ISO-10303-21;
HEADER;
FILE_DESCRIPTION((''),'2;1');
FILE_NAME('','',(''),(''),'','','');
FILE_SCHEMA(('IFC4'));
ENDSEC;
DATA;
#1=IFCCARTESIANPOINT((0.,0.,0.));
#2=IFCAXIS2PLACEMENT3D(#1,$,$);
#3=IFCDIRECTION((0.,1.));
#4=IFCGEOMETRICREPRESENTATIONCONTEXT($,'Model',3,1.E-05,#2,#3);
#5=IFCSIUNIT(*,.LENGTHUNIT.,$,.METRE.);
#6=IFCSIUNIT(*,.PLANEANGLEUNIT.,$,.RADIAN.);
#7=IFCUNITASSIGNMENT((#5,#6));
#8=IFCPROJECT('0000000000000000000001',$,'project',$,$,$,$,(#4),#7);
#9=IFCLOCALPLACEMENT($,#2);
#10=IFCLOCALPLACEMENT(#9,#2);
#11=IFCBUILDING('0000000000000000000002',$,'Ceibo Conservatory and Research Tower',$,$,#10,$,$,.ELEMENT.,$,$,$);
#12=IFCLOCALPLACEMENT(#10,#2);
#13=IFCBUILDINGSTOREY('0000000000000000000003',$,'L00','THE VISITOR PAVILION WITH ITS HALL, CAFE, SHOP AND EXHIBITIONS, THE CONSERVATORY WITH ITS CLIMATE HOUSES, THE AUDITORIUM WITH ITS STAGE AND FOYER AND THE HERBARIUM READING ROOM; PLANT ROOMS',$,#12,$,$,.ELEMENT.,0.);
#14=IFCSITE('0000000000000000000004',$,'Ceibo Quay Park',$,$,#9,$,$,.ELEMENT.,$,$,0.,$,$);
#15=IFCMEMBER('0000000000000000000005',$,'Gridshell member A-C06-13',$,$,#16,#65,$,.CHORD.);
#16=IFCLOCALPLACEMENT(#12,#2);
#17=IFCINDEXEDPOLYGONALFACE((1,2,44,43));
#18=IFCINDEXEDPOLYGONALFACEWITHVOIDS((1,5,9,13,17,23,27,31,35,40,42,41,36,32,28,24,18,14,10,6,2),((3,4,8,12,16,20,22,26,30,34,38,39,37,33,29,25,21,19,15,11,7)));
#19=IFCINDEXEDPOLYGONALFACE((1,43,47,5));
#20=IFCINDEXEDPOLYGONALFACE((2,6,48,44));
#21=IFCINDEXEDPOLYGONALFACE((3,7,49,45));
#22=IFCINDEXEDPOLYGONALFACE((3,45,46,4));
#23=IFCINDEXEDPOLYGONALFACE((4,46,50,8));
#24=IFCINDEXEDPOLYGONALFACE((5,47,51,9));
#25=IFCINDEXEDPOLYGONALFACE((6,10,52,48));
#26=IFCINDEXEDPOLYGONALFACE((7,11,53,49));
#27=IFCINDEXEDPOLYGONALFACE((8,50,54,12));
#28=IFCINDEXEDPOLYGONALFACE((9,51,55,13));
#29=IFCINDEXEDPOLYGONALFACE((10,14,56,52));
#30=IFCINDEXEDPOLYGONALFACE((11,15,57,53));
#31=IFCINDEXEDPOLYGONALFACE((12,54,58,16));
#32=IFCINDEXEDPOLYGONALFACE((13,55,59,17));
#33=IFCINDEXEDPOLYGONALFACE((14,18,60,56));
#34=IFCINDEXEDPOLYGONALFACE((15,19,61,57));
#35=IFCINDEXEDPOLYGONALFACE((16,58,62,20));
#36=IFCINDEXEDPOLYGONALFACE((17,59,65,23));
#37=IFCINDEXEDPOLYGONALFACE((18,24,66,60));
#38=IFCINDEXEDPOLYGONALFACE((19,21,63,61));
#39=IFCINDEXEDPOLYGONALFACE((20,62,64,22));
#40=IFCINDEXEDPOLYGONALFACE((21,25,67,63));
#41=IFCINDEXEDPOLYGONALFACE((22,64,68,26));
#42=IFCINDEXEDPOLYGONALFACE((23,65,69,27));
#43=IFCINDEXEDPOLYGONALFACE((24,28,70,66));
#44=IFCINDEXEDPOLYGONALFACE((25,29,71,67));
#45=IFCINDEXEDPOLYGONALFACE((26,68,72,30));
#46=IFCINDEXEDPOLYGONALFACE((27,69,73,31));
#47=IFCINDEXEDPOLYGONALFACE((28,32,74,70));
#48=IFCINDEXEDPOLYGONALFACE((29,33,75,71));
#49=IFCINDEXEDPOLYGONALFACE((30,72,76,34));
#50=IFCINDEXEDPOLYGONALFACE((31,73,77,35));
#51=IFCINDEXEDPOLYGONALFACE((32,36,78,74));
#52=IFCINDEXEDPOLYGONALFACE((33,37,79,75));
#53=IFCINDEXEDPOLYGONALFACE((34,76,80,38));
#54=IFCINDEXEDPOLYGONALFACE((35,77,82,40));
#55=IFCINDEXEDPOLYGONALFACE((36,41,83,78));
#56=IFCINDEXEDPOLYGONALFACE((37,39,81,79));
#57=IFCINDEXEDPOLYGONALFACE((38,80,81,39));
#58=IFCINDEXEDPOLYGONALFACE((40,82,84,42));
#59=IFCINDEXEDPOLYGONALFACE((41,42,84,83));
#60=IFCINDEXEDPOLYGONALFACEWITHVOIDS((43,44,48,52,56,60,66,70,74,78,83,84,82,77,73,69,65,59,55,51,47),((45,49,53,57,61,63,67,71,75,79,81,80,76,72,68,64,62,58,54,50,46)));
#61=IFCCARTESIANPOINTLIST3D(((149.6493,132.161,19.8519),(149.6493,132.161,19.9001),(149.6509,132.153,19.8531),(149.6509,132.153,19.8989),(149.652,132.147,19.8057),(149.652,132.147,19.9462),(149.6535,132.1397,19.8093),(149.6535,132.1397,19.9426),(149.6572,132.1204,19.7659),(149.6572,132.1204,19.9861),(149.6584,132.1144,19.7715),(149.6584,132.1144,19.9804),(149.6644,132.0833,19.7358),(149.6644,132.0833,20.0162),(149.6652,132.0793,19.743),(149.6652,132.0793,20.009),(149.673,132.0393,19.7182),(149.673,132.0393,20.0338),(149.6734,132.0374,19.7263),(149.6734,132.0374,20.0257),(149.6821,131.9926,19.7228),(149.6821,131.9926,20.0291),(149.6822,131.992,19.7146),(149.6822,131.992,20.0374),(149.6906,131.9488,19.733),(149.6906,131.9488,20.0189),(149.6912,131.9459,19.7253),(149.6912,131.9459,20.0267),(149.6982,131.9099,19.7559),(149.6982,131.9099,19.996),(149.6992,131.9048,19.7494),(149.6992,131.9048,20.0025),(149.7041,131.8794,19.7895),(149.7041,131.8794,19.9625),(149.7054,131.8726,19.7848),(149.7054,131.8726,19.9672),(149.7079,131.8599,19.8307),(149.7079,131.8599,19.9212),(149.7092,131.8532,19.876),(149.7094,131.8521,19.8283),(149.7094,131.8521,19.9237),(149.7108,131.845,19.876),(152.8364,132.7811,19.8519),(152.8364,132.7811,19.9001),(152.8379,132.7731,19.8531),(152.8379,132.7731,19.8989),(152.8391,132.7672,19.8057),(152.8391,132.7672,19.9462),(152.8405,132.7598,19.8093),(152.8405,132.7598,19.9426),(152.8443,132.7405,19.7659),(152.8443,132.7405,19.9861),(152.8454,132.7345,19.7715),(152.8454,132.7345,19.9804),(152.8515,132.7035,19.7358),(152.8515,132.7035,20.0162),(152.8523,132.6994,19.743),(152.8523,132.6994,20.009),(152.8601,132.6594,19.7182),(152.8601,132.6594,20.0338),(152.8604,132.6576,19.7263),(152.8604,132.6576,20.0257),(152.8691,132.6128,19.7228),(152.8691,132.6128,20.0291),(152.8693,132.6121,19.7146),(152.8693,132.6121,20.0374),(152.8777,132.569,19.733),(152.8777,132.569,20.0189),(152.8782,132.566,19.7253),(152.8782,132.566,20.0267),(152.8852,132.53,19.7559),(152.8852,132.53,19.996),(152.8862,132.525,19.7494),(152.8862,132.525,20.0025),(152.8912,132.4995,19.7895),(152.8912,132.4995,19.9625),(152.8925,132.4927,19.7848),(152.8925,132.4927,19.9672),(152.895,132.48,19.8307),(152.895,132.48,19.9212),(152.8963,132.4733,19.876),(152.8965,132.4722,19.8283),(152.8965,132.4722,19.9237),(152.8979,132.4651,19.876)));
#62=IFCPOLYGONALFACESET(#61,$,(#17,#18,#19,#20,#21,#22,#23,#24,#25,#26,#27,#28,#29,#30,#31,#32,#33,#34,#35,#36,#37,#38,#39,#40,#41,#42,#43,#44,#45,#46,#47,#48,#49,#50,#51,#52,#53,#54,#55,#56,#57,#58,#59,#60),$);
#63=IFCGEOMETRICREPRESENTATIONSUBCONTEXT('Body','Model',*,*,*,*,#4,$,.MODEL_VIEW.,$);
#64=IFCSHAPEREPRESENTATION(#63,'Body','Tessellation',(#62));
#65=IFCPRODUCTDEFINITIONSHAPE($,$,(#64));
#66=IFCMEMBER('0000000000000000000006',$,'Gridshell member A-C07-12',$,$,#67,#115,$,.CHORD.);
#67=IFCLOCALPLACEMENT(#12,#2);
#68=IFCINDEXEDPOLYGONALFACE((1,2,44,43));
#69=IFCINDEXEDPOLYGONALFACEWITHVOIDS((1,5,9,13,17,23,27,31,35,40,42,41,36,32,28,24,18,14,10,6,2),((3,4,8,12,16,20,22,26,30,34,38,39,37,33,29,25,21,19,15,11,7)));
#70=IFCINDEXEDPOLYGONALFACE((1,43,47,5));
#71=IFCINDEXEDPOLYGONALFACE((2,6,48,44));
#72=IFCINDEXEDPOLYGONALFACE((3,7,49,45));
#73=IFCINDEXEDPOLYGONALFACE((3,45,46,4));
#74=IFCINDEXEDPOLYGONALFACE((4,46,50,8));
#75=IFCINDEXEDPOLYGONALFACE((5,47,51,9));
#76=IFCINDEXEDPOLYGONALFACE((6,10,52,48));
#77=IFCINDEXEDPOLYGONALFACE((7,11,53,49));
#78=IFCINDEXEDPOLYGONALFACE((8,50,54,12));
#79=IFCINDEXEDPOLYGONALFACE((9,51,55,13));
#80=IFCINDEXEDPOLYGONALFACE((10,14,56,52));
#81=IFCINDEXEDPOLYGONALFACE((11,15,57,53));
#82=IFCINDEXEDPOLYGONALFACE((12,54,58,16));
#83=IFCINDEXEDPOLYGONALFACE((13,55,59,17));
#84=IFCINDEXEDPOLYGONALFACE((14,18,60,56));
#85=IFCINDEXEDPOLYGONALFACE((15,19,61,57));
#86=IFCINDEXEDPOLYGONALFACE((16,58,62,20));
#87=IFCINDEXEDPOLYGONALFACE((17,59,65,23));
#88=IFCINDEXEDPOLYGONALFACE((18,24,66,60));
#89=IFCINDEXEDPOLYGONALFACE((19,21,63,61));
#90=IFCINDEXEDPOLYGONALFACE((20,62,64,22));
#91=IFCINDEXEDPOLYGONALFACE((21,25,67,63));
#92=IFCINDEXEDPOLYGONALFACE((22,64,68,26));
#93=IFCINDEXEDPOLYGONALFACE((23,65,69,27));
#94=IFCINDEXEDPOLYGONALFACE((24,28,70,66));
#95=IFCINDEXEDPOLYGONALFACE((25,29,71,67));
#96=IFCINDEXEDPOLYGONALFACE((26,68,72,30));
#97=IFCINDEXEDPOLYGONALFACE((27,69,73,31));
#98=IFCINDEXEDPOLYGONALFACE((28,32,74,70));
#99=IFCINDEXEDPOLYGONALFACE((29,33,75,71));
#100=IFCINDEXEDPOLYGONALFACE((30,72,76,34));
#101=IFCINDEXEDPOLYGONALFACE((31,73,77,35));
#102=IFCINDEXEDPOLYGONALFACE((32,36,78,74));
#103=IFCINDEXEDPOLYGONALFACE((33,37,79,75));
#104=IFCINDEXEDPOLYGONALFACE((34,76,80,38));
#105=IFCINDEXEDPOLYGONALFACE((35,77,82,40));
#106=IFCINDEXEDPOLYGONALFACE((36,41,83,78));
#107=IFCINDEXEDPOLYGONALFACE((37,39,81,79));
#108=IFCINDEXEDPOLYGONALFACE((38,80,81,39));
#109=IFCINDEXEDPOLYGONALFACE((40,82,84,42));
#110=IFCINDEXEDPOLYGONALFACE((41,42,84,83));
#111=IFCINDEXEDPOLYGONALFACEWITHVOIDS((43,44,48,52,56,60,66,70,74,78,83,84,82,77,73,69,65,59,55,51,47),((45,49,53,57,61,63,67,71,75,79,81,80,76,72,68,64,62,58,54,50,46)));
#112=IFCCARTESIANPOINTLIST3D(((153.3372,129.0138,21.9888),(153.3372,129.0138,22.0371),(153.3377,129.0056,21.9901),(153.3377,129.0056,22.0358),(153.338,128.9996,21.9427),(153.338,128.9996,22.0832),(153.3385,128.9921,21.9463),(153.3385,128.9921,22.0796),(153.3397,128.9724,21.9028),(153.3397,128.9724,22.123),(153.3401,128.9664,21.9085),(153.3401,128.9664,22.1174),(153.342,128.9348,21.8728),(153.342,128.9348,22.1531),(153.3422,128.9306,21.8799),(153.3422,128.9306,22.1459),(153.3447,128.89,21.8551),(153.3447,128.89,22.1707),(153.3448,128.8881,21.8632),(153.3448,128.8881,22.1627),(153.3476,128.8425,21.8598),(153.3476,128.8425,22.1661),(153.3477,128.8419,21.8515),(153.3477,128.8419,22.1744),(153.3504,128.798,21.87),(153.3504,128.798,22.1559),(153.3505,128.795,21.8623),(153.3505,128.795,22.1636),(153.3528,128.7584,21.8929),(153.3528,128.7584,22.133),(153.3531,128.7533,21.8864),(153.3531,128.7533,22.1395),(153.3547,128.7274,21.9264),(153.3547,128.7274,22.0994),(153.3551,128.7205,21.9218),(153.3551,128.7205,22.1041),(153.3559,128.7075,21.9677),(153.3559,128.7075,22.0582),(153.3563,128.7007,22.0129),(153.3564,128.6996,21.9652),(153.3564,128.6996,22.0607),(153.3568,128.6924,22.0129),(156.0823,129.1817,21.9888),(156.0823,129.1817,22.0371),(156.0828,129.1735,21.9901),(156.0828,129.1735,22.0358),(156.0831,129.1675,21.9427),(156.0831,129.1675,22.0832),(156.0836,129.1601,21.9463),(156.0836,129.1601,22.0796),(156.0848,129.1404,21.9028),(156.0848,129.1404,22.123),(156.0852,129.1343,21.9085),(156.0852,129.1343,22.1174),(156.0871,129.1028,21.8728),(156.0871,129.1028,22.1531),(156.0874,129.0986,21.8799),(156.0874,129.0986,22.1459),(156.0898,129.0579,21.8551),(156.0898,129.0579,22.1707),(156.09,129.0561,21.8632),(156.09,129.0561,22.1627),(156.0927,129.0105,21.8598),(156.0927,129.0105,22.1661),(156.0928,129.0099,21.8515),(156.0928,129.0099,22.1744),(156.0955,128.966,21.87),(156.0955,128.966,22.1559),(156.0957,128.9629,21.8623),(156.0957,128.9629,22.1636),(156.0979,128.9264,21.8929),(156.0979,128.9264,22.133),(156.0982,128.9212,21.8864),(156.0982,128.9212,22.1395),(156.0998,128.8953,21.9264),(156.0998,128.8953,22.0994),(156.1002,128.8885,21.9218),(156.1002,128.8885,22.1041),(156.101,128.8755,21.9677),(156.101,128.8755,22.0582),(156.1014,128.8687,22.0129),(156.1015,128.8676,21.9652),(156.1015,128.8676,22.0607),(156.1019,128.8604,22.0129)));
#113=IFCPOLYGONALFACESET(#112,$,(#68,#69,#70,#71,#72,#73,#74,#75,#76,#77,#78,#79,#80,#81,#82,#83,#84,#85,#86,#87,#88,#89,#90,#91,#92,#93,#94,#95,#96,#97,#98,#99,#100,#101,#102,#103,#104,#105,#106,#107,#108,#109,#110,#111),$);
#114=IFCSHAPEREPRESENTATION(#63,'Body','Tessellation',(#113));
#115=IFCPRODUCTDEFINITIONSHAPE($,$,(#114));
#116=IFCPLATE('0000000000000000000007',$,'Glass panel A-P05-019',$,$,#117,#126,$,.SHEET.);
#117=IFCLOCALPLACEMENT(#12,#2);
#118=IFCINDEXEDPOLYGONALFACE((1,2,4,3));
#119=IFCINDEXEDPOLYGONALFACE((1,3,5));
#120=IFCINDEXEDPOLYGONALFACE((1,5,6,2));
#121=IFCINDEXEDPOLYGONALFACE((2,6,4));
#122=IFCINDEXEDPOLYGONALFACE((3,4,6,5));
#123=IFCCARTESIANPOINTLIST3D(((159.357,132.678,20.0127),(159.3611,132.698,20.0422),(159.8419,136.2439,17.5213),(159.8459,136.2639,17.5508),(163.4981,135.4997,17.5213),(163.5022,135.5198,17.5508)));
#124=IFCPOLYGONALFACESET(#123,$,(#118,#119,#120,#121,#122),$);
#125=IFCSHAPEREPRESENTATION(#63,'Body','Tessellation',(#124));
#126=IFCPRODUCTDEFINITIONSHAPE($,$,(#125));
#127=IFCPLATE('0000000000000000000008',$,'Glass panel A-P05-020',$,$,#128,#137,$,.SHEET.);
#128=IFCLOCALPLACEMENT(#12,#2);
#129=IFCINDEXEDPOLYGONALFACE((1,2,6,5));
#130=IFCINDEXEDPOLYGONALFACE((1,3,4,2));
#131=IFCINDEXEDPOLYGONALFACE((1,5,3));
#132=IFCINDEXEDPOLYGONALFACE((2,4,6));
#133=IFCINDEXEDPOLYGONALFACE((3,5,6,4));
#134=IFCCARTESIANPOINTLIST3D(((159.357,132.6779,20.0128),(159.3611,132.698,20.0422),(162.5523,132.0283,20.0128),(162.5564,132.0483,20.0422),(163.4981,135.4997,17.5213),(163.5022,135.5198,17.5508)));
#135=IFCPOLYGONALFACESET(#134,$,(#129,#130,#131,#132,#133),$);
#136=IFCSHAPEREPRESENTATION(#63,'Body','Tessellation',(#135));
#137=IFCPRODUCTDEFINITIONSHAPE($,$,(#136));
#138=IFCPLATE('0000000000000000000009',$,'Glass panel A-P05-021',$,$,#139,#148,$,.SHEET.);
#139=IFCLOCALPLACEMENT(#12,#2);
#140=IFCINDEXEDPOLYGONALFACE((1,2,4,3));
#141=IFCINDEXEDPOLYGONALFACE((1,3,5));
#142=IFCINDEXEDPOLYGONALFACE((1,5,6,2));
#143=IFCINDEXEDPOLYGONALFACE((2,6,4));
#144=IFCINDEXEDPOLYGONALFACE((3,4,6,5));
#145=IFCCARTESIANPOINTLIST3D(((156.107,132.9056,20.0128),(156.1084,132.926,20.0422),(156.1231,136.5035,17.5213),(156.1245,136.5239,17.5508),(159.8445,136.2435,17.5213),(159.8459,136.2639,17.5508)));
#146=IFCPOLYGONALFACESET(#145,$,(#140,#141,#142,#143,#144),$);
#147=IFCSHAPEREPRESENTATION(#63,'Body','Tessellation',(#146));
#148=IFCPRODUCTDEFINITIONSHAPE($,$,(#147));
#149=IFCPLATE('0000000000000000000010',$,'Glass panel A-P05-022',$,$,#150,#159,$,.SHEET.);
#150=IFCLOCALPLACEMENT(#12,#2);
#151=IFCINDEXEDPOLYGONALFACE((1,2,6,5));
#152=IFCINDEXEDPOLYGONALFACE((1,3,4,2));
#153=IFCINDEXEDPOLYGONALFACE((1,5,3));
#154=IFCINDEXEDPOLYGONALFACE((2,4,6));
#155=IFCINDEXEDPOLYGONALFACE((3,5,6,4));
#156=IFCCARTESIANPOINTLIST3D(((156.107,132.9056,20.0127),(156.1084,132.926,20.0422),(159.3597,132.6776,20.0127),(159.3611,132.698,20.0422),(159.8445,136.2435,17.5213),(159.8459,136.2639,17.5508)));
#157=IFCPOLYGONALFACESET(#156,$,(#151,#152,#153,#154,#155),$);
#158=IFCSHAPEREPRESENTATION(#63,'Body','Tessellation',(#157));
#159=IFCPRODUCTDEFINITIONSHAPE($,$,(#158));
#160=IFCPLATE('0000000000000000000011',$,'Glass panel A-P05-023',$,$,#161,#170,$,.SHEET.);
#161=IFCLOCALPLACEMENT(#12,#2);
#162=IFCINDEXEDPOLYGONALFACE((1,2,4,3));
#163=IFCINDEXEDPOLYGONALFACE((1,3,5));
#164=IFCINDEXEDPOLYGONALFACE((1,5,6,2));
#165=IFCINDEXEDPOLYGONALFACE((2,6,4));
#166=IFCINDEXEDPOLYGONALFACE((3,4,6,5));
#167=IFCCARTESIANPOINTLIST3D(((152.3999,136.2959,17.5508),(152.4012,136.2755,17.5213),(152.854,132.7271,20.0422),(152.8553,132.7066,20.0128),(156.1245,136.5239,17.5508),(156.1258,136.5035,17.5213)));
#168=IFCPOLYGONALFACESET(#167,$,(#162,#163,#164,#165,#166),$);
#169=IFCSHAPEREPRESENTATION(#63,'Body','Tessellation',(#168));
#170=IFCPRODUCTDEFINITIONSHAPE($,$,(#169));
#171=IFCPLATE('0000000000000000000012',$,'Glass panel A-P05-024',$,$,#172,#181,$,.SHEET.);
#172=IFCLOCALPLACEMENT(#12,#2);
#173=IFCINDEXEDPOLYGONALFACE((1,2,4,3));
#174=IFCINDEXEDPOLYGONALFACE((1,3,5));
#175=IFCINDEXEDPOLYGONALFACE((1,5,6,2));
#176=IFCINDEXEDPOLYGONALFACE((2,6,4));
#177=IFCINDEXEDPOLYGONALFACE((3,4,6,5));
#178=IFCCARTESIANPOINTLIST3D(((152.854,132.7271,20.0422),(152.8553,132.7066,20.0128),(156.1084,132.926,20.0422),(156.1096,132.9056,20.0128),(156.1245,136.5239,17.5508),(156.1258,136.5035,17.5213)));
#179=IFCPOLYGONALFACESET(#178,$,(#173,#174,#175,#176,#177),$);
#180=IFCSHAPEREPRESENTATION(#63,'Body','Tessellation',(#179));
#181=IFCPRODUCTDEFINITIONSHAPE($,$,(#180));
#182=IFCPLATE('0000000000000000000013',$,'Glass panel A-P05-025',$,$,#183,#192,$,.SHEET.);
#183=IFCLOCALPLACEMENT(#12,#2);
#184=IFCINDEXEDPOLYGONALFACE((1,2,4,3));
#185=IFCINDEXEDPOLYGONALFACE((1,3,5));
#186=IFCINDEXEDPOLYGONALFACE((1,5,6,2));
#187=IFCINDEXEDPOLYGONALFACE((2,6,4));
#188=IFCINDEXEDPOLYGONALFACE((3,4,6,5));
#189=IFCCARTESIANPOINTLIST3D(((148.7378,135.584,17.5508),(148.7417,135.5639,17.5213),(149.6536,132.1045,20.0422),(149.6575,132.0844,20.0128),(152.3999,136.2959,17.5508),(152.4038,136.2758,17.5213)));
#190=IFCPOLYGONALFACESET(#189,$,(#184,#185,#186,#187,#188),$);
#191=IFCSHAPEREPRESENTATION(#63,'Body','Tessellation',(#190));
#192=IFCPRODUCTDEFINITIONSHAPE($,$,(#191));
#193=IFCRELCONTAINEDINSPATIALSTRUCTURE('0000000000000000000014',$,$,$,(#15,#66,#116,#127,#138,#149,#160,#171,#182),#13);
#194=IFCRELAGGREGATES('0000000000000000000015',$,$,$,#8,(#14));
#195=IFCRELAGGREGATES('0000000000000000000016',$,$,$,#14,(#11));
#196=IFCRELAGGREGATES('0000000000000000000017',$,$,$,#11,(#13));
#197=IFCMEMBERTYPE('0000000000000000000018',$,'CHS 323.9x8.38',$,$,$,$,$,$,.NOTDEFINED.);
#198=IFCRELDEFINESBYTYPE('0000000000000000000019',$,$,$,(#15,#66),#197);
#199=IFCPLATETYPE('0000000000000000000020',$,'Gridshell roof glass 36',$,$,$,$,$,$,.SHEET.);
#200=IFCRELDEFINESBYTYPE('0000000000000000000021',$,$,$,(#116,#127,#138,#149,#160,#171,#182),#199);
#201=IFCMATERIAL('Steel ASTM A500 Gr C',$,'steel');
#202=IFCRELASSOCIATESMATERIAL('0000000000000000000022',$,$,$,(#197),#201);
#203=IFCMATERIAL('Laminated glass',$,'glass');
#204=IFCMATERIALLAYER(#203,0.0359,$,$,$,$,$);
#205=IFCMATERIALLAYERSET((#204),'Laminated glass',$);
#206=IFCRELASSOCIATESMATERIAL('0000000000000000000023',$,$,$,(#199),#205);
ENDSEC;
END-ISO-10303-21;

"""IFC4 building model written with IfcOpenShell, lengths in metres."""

from ifc_helpers import new_model, si_unit, direction, frame, origin, origin_2d, place, context, subcontext, project, spatial, polyline, hollow_circle, outline, extrude, material, layer, layer_set, material_profile, profile_set, type_object, element, save


model = new_model("IFC4")

# Units and contexts
model_context = context("Model", 3, precision=1e-05, world=origin(), true_north=direction((0.0, 1.0)))
body_context = subcontext(model_context, "Body", "Model", "MODEL_VIEW")
ifc_project = project(units=[si_unit("LENGTHUNIT", "METRE"), si_unit("PLANEANGLEUNIT", "RADIAN")], contexts=[model_context])

# Site, building, storey
site_placement = place(None, origin())
site = spatial("IfcSite", under=ifc_project, at=site_placement, Name="Ceibo Quay Park", CompositionType="ELEMENT", RefElevation=0.0)
building_placement = place(site_placement, origin())
building = spatial("IfcBuilding", under=site, at=building_placement, Name="Ceibo Conservatory and Research Tower", CompositionType="ELEMENT")
storey_placement = place(building_placement, origin())
storey = spatial("IfcBuildingStorey", under=building, at=storey_placement, Name="L00", Description="THE VISITOR PAVILION WITH ITS HALL, CAFE, SHOP AND EXHIBITIONS, THE CONSERVATORY WITH ITS CLIMATE HOUSES, THE AUDITORIUM WITH ITS STAGE AND FOYER AND THE HERBARIUM READING ROOM; PLANT ROOMS", CompositionType="ELEMENT", Elevation=0.0)

# Members
ifc_material_1 = material(Name="Steel ASTM A500 Gr C", Category="steel")
ifc_material_profile_1 = material_profile(ifc_material_1, hollow_circle(Radius=0.1619, WallThickness=0.0083, at=origin_2d()), Name="CHS 323.9x8.38")
ifc_profile_set_1 = profile_set([ifc_material_profile_1], Name="Steel ASTM A500 Gr C")
member_type_1 = type_object("IfcMemberType", Name="CHS 323.9x8.38", PredefinedType="NOTDEFINED", material=ifc_profile_set_1)
member_1_placement = place(storey_placement, frame((152.8669, 132.624, 19.876), z_axis=(-0.981591, -0.190994, 0.0), x_axis=(0.190994, -0.981591, 0.0)))
element("IfcMember", 1, at=member_1_placement, inside=storey, type_object=member_type_1, Name="Gridshell member A-C06-13", PredefinedType="CHORD", context=body_context, shape_type="SweptSolid", body=[
    extrude(hollow_circle(Radius=0.1619, WallThickness=0.0083, at=origin_2d()), origin(), (0.0, 0.0, 1.0), 3.2468),
])
member_2_placement = place(storey_placement, frame((156.092, 129.022, 22.0129), z_axis=(-0.998133, -0.061074, 0.0), x_axis=(0.061074, -0.998133, 0.0)))
element("IfcMember", 2, at=member_2_placement, inside=storey, type_object=member_type_1, Name="Gridshell member A-C07-12", PredefinedType="CHORD", context=body_context, shape_type="SweptSolid", body=[
    extrude(hollow_circle(Radius=0.1619, WallThickness=0.0083, at=origin_2d()), origin(), (0.0, 0.0, 1.0), 2.7502),
])

# Plates
ifc_material_2 = material(Name="Laminated glass", Category="glass")
ifc_layer = layer(ifc_material_2, 0.0359)
ifc_layer_set = layer_set([ifc_layer], Name="Laminated glass")
plate_type = type_object("IfcPlateType", Name="Gridshell roof glass 36", PredefinedType="SHEET", material=ifc_layer_set)
plate_1_placement = place(storey_placement, frame((163.5022, 135.5198, 17.5508), z_axis=(0.113688, 0.558592, 0.821614), x_axis=(-0.979911, 0.199437, 0.0)))
element("IfcPlate", 3, at=plate_1_placement, inside=storey, type_object=plate_type, Name="Glass panel A-P05-019", PredefinedType="SHEET", context=body_context, shape_type="SweptSolid", body=[
    extrude(outline(polyline([(0.0, 0.0), (3.7312, 0.0), (3.4952, 4.3706), (0.0, 0.0)])), origin(), (0.0, 0.0, -1.0), 0.0359),
])
plate_2_placement = place(storey_placement, frame((163.5022, 135.5198, 17.5508), z_axis=(0.11359, 0.558689, 0.821562), x_axis=(-0.739973, -0.504222, 0.445197)))
element("IfcPlate", 4, at=plate_2_placement, inside=storey, type_object=plate_type, Name="Glass panel A-P05-020", PredefinedType="SHEET", context=body_context, shape_type="SweptSolid", body=[
    extrude(outline(polyline([(0.0, 0.0), (5.5963, 0.0), (3.5594, 2.5462), (0.0, 0.0)])), origin(), (0.0, 0.0, -1.0), 0.0359),
])
plate_3_placement = place(storey_placement, frame((159.8459, 136.2639, 17.5508), z_axis=(0.039736, 0.568733, 0.821562), x_axis=(-0.997568, 0.069698, 0.0)))
element("IfcPlate", 5, at=plate_3_placement, inside=storey, type_object=plate_type, Name="Glass panel A-P05-021", PredefinedType="SHEET", context=body_context, shape_type="SweptSolid", body=[
    extrude(outline(polyline([(0.0, 0.0), (3.7305, 0.0), (3.4958, 4.3701), (0.0, 0.0)])), origin(), (0.0, 0.0, -1.0), 0.0359),
])
plate_4_placement = place(storey_placement, frame((159.8459, 136.2639, 17.5508), z_axis=(0.039864, 0.568636, 0.821623), x_axis=(-0.667865, -0.59645, 0.4452)))
element("IfcPlate", 6, at=plate_4_placement, inside=storey, type_object=plate_type, Name="Glass panel A-P05-022", PredefinedType="SHEET", context=body_context, shape_type="SweptSolid", body=[
    extrude(outline(polyline([(0.0, 0.0), (5.5963, 0.0), (3.5599, 2.5466), (0.0, 0.0)])), origin(), (0.0, 0.0, -1.0), 0.0359),
])
plate_5_placement = place(storey_placement, frame((156.1245, 136.5239, 17.5508), z_axis=(-0.034841, 0.569091, 0.821536), x_axis=(-0.998131, -0.061107, 0.0)))
element("IfcPlate", 7, at=plate_5_placement, inside=storey, type_object=plate_type, Name="Glass panel A-P05-023", PredefinedType="SHEET", context=body_context, shape_type="SweptSolid", body=[
    extrude(outline(polyline([(0.0, 0.0), (3.7316, 0.0), (3.4964, 4.3698), (0.0, 0.0)])), origin(), (0.0, 0.0, -1.0), 0.0359),
])
plate_6_placement = place(storey_placement, frame((156.1245, 136.5239, 17.5508), z_axis=(-0.034793, 0.569063, 0.821557), x_axis=(-0.584394, -0.678448, 0.445188)))
element("IfcPlate", 8, at=plate_6_placement, inside=storey, type_object=plate_type, Name="Glass panel A-P05-024", PredefinedType="SHEET", context=body_context, shape_type="SweptSolid", body=[
    extrude(outline(polyline([(0.0, 0.0), (5.5964, 0.0), (3.5596, 2.546), (0.0, 0.0)])), origin(), (0.0, 0.0, -1.0), 0.0359),
])
plate_7_placement = place(storey_placement, frame((152.3999, 136.2959, 17.5508), z_axis=(-0.108794, 0.559639, 0.821564), x_axis=(-0.981624, -0.190828, 0.0)))
element("IfcPlate", 9, at=plate_7_placement, inside=storey, type_object=plate_type, Name="Glass panel A-P05-025", PredefinedType="SHEET", context=body_context, shape_type="SweptSolid", body=[
    extrude(outline(polyline([(0.0, 0.0), (3.7307, 0.0), (3.4957, 4.3701), (0.0, 0.0)])), origin(), (0.0, 0.0, -1.0), 0.0359),
])

save(model, "model.ifc")
